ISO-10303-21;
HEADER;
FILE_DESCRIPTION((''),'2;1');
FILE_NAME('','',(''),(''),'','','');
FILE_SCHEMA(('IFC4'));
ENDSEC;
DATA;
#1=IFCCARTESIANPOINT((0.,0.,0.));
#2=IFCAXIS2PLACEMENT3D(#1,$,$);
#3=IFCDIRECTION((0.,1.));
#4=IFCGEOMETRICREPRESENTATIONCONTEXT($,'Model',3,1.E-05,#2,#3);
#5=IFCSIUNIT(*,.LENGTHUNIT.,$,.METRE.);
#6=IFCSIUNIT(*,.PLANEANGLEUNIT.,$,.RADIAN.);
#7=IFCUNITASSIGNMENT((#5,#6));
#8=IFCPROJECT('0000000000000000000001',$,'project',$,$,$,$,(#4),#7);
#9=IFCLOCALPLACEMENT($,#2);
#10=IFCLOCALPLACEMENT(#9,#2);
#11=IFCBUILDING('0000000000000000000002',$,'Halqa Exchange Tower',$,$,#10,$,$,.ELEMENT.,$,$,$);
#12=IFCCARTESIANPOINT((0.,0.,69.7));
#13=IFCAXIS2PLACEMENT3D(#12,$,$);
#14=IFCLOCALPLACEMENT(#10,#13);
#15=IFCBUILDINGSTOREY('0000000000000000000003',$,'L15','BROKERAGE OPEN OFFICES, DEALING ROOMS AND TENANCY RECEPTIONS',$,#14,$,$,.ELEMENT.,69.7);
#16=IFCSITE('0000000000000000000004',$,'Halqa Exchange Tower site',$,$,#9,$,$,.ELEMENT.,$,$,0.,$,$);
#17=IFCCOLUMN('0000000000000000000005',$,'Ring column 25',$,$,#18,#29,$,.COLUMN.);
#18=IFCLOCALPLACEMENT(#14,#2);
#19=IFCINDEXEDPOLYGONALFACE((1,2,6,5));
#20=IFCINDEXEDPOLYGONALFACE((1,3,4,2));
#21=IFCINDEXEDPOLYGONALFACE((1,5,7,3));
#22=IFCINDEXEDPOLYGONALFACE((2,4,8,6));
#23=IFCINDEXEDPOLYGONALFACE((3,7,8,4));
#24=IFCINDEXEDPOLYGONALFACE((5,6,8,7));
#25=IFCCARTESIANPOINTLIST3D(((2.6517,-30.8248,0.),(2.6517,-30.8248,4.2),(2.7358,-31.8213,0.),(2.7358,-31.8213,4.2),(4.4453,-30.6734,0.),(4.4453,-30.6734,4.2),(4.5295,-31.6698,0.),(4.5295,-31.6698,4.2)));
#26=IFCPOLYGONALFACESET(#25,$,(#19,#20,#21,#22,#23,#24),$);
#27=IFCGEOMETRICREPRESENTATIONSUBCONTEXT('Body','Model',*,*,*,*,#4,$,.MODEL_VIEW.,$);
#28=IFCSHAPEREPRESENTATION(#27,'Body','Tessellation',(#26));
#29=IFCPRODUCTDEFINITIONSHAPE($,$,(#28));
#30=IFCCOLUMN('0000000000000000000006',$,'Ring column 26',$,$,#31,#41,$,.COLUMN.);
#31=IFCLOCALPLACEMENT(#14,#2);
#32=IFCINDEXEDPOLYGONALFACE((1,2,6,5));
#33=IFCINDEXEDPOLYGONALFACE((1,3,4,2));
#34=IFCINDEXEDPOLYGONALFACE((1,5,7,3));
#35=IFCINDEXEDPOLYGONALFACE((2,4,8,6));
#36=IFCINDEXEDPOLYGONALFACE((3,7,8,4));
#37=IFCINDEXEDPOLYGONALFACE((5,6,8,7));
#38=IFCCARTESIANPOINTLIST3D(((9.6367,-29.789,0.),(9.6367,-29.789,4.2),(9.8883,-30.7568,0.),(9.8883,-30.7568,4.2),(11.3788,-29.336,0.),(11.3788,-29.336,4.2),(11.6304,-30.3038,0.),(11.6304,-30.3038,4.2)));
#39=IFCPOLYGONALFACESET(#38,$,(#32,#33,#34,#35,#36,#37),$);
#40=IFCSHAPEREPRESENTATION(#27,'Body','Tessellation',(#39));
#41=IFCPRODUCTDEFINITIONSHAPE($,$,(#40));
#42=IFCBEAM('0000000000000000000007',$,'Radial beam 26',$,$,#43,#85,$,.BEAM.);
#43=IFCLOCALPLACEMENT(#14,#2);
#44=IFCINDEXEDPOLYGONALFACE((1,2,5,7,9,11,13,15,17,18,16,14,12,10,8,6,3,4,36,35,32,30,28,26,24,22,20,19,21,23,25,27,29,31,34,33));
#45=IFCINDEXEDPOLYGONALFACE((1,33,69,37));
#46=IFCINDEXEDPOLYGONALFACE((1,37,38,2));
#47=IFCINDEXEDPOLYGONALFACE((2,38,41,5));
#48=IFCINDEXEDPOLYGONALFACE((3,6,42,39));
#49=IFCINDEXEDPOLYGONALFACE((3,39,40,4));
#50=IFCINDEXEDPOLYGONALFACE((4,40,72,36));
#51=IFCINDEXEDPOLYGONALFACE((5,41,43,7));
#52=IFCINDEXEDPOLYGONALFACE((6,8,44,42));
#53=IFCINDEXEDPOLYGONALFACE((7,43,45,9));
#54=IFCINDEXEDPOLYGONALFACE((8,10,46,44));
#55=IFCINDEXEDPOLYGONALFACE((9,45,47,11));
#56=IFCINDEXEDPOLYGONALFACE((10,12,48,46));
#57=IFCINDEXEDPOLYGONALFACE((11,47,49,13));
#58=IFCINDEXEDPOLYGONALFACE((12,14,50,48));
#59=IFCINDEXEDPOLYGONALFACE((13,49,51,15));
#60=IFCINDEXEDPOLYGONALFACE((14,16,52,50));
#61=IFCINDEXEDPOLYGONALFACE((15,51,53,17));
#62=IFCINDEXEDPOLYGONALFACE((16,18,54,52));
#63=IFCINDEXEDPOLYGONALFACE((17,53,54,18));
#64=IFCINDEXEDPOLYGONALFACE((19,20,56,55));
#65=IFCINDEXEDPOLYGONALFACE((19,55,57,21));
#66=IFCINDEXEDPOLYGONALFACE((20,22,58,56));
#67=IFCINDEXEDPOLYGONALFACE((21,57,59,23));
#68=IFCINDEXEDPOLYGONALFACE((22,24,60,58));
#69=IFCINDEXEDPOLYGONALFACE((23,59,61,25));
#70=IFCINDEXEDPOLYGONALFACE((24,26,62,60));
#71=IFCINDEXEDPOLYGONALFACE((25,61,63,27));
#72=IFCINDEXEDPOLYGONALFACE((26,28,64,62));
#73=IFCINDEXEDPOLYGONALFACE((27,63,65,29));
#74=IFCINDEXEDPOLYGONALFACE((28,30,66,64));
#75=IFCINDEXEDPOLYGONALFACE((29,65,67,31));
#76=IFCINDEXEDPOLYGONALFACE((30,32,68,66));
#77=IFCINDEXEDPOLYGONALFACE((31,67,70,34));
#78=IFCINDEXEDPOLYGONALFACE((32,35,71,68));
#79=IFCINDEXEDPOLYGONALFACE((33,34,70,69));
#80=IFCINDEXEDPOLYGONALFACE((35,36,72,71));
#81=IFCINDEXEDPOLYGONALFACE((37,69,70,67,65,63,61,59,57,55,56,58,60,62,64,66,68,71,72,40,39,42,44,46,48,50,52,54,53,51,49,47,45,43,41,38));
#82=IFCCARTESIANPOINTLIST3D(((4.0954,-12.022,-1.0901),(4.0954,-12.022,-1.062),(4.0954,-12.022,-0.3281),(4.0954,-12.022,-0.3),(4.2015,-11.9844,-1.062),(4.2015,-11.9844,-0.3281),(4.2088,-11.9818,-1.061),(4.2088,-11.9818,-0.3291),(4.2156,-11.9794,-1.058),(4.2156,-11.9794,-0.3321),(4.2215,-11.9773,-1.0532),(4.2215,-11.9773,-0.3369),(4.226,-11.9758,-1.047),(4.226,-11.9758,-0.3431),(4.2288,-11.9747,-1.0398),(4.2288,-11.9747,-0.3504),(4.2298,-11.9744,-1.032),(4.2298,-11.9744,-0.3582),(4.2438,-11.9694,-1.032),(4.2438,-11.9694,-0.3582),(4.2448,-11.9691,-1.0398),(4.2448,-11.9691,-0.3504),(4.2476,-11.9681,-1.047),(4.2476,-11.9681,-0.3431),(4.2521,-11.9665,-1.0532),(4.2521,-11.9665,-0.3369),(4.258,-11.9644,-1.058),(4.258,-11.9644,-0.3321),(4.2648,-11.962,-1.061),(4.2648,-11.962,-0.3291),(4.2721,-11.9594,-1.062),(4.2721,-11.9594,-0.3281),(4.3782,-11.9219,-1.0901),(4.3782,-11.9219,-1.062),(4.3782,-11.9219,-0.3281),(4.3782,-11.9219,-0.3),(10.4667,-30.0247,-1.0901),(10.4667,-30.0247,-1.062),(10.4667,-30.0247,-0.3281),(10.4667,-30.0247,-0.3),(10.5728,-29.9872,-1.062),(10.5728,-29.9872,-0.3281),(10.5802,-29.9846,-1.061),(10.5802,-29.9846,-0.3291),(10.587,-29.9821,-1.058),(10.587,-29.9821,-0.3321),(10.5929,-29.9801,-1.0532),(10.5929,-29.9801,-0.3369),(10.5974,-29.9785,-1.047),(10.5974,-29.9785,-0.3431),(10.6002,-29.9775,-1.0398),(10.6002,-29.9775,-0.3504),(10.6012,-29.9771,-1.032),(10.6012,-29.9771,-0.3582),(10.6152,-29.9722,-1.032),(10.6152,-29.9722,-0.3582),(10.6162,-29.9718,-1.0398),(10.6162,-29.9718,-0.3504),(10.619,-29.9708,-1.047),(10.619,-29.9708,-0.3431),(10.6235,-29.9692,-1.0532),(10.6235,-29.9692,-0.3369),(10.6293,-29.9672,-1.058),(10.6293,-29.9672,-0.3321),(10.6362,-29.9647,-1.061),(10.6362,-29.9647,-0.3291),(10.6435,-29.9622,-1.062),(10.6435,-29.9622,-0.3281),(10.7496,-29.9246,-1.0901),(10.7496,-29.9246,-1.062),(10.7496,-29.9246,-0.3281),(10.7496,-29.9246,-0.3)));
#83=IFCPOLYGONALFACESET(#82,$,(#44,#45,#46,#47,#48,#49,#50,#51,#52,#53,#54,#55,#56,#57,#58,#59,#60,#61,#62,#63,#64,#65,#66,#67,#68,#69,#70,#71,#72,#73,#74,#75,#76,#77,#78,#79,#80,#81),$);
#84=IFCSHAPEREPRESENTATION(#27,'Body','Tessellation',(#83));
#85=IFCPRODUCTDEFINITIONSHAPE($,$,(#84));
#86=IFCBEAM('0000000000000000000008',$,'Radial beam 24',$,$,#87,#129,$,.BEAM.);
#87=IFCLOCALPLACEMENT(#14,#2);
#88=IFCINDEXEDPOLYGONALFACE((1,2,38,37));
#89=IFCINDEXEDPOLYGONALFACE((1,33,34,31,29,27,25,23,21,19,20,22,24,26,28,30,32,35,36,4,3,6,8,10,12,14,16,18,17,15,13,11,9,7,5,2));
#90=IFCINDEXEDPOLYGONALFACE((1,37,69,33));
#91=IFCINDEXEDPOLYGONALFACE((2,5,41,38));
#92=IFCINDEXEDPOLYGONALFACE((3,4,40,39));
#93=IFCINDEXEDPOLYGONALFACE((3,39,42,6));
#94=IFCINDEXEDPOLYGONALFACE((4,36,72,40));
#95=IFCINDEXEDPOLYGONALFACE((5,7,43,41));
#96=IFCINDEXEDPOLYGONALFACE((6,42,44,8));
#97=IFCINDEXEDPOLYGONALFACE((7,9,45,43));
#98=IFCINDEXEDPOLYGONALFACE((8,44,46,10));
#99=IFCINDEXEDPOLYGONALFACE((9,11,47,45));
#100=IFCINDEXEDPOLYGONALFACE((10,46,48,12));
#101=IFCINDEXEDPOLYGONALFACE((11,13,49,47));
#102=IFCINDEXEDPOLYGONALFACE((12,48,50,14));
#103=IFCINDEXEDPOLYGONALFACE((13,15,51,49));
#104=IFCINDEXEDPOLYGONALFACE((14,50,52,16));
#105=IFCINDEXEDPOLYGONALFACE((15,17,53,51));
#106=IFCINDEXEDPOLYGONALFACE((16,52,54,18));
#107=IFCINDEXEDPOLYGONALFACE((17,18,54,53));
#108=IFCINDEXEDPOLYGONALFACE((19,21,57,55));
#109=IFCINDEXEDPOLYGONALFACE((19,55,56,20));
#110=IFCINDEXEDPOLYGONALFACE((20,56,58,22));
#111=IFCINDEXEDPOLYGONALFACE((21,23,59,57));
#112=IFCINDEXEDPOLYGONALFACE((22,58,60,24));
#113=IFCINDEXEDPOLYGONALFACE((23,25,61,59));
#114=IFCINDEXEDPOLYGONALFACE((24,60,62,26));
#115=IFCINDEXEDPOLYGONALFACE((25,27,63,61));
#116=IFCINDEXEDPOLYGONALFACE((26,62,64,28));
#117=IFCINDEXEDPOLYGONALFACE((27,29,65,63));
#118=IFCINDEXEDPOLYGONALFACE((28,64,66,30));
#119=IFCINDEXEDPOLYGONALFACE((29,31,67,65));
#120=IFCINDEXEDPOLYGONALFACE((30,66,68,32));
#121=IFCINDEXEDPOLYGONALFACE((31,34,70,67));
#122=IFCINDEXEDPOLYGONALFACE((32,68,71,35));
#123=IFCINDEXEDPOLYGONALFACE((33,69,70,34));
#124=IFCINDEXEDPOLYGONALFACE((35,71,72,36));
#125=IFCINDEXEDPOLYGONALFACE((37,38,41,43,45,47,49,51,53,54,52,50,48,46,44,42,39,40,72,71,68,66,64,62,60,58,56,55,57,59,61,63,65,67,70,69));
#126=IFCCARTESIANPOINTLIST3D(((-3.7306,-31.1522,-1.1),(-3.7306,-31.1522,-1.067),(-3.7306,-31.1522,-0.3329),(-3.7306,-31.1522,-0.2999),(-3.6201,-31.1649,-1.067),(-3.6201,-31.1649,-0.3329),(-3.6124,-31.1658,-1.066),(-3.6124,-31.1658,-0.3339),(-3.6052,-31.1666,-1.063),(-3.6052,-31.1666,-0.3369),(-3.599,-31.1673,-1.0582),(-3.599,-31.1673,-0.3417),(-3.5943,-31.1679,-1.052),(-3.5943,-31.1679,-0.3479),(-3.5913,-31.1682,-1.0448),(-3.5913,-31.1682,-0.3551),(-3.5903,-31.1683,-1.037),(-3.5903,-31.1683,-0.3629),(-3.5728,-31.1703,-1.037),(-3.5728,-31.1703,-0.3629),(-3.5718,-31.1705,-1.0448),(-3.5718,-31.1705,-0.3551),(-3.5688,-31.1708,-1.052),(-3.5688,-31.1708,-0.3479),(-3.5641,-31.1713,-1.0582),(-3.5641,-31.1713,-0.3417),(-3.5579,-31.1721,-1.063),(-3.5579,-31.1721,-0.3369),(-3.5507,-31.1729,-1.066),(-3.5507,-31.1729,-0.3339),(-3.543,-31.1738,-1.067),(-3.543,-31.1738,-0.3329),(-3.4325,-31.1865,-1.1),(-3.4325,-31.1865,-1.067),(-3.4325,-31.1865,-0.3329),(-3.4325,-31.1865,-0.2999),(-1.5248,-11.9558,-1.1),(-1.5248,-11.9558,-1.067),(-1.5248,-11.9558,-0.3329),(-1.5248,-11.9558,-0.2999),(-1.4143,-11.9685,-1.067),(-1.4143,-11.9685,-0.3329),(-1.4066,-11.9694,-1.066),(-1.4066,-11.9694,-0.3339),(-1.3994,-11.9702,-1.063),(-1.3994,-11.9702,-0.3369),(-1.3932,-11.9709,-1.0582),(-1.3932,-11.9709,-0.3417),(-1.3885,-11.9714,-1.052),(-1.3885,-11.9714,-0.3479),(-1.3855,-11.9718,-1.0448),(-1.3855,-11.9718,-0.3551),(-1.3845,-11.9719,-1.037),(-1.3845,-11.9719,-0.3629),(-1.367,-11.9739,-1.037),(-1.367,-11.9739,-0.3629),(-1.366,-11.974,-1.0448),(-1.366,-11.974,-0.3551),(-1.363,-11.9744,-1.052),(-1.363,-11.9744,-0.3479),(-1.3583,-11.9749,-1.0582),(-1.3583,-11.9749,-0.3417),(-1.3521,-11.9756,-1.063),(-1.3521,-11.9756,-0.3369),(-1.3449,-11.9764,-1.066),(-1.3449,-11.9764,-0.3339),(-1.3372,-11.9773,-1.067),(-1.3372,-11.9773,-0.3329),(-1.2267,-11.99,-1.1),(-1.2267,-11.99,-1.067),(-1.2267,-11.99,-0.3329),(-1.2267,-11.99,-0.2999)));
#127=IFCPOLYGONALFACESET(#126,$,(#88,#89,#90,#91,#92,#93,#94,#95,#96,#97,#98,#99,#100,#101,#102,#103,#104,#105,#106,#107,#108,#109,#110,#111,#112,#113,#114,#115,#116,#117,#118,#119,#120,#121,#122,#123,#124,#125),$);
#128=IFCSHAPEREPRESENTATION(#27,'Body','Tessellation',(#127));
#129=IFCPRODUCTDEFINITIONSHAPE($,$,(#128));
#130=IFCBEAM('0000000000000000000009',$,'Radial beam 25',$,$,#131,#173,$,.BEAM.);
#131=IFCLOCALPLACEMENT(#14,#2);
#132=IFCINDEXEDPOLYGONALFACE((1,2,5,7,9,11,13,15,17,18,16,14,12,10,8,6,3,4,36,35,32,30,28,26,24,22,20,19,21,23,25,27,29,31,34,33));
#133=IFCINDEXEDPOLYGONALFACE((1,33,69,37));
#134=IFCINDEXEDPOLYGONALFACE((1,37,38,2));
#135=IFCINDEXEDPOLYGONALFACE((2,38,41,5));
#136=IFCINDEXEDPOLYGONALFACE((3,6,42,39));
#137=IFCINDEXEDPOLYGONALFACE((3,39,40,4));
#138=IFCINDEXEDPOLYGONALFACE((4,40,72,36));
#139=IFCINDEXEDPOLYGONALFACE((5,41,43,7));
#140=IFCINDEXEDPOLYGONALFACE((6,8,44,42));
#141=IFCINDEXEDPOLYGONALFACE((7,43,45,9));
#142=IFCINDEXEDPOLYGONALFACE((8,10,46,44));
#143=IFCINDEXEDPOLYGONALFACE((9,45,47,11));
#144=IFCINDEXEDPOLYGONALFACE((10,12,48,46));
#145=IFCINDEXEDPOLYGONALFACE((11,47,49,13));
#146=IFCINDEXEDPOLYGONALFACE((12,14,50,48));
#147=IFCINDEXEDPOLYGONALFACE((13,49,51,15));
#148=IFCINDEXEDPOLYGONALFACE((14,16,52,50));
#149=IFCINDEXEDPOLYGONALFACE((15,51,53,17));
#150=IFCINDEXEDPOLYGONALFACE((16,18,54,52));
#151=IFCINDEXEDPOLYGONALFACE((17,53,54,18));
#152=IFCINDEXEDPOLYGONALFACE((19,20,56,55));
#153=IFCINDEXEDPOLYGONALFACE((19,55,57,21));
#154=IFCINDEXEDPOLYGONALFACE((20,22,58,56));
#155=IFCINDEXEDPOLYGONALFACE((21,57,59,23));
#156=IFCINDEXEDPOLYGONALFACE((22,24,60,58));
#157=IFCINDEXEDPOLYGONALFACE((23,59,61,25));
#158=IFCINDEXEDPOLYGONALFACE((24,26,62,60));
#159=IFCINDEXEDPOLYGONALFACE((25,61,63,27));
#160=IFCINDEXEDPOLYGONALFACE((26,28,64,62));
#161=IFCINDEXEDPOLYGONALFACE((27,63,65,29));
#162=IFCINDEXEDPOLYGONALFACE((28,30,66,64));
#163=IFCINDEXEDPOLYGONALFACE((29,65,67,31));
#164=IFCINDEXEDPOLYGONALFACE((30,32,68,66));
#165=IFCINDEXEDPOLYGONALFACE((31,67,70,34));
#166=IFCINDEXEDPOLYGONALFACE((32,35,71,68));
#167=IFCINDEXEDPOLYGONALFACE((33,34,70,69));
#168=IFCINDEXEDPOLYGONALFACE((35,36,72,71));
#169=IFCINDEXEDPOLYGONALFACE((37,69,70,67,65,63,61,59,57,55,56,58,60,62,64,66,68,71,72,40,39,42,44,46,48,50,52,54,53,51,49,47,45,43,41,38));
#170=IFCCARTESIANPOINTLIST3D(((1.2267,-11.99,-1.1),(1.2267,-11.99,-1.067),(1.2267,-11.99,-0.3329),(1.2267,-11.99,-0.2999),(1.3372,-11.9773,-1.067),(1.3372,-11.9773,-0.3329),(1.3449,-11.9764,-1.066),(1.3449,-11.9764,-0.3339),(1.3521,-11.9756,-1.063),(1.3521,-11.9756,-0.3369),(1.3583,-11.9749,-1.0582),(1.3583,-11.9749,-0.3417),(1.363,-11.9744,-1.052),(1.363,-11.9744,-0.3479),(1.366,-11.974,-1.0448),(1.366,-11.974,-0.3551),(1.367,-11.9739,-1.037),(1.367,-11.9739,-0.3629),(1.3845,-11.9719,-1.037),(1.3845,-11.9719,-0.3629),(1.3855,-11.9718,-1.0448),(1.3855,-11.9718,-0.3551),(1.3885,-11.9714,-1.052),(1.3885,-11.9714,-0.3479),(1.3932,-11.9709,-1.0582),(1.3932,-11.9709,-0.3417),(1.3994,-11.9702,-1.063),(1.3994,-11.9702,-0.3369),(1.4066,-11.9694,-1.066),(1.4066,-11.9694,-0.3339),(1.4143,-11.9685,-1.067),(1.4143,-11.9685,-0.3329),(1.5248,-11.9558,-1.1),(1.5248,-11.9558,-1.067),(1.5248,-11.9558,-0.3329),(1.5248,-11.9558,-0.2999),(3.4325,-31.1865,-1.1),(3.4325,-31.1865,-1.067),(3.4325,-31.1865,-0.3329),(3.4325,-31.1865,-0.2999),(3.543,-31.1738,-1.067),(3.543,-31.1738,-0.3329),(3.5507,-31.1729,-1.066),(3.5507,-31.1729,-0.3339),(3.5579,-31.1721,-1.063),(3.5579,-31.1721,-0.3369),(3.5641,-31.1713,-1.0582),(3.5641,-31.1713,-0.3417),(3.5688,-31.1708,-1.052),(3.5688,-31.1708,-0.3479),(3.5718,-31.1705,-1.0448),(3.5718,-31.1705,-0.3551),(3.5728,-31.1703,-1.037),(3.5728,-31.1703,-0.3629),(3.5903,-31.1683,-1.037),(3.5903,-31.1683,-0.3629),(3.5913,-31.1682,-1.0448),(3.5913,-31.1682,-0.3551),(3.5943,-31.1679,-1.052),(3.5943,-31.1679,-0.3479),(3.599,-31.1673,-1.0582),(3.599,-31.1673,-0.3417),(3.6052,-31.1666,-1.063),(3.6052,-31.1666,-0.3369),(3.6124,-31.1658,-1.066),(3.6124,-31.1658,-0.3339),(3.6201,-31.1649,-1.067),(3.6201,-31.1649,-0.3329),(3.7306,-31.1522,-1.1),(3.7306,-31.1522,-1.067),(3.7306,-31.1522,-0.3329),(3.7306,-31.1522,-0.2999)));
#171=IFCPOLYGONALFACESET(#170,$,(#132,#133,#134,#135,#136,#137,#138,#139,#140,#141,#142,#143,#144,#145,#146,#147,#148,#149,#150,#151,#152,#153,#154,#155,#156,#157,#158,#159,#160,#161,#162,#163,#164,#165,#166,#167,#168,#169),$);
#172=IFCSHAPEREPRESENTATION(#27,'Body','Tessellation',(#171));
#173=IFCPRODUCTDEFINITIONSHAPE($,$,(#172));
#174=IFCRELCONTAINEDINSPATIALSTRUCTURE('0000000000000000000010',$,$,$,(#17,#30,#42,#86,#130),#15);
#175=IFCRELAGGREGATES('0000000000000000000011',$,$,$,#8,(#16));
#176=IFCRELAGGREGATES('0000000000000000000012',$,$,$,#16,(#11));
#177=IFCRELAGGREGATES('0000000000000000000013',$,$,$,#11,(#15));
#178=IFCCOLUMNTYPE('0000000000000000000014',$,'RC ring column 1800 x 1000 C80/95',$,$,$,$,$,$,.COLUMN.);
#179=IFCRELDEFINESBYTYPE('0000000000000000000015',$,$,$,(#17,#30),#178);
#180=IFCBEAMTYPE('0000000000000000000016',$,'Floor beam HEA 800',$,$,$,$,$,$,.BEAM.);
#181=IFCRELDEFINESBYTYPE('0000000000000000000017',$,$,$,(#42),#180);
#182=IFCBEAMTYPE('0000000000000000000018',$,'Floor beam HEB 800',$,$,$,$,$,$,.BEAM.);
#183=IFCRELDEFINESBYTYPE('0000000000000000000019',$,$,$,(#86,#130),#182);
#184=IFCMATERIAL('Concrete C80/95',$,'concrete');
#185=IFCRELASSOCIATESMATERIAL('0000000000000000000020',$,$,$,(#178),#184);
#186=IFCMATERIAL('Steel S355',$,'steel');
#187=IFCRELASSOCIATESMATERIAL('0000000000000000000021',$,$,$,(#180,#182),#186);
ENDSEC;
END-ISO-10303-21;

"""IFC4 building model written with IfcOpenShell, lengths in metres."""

from ifc_helpers import new_model, si_unit, direction, frame, origin, origin_2d, place, context, subcontext, project, spatial, rectangle, i_section, extrude, material, material_profile, profile_set, type_object, element, save


model = new_model("IFC4")

# Units and contexts
model_context = context("Model", 3, precision=1e-05, world=origin(), true_north=direction((0.0, 1.0)))
body_context = subcontext(model_context, "Body", "Model", "MODEL_VIEW")
ifc_project = project(units=[si_unit("LENGTHUNIT", "METRE"), si_unit("PLANEANGLEUNIT", "RADIAN")], contexts=[model_context])

# Site, building, storey
site_placement = place(None, origin())
site = spatial("IfcSite", under=ifc_project, at=site_placement, Name="Halqa Exchange Tower site", CompositionType="ELEMENT", RefElevation=0.0)
building_placement = place(site_placement, origin())
building = spatial("IfcBuilding", under=site, at=building_placement, Name="Halqa Exchange Tower", CompositionType="ELEMENT")
storey_placement = place(building_placement, frame((0.0, 0.0, 69.7)))
storey = spatial("IfcBuildingStorey", under=building, at=storey_placement, Name="L15", Description="BROKERAGE OPEN OFFICES, DEALING ROOMS AND TENANCY RECEPTIONS", CompositionType="ELEMENT", Elevation=69.7)

# Columns
ifc_material_1 = material(Name="Concrete C80/95", Category="concrete")
ifc_material_profile_1 = material_profile(ifc_material_1, rectangle(XDim=1.8, YDim=1.0, at=origin_2d()), Name="1800 x 1000")
ifc_profile_set_1 = profile_set([ifc_material_profile_1], Name="Concrete C80/95")
column_type = type_object("IfcColumnType", Name="RC ring column 1800 x 1000 C80/95", PredefinedType="COLUMN", material=ifc_profile_set_1)
for number, where, z_axis, x_axis, name in (
    (1, (3.5906, -31.2473, 0.0), (0.0, 0.0, 1.0), (0.996456, 0.084121, 0.0), "Ring column 25"),
    (2, (10.6335, -30.0464, 0.0), (0.0, 0.0, 1.0), (0.96782, 0.251644, 0.0), "Ring column 26"),
):
    element("IfcColumn", number, at=place(storey_placement, frame(where, z_axis=z_axis, x_axis=x_axis)), inside=storey, type_object=column_type, Name=name, PredefinedType="COLUMN", context=body_context, shape_type="SweptSolid", body=[
        extrude(rectangle(XDim=1.8, YDim=1.0, at=origin_2d()), origin(), (0.0, 0.0, 1.0), 4.2),
    ])

# Beams
ifc_material_2 = material(Name="Steel S355", Category="steel")
ifc_material_profile_2 = material_profile(ifc_material_2, i_section(OverallWidth=0.3, OverallDepth=0.79, WebThickness=0.0149, FlangeThickness=0.0281, FilletRadius=0.03, at=origin_2d()), Name="HEA 800")
ifc_profile_set_2 = profile_set([ifc_material_profile_2], Name="Steel S355")
beam_type_1 = type_object("IfcBeamType", Name="Floor beam HEA 800", PredefinedType="BEAM", material=ifc_profile_set_2)
beam_1_placement = place(storey_placement, frame((4.2368, -11.9719, -0.6951), z_axis=(0.333632, -0.942703, 0.0), x_axis=(0.942703, 0.333632, 0.0)))
element("IfcBeam", 3, at=beam_1_placement, inside=storey, type_object=beam_type_1, Name="Radial beam 26", PredefinedType="BEAM", context=body_context, shape_type="SweptSolid", body=[
    extrude(i_section(OverallWidth=0.3, OverallDepth=0.79, WebThickness=0.0149, FlangeThickness=0.0281, FilletRadius=0.03, at=origin_2d()), origin(), (0.0, 0.0, 1.0), 19.0969),
])
ifc_material_profile_3 = material_profile(ifc_material_2, i_section(OverallWidth=0.3, OverallDepth=0.8, WebThickness=0.0176, FlangeThickness=0.033, FilletRadius=0.03, at=origin_2d()), Name="HEB 800")
ifc_profile_set_3 = profile_set([ifc_material_profile_3], Name="Steel S355")
beam_type_2 = type_object("IfcBeamType", Name="Floor beam HEB 800", PredefinedType="BEAM", material=ifc_profile_set_3)
for number, where, z_axis, x_axis, name in (
    (4, (-1.3757, -11.9729, -0.7), (-0.114156, -0.993463, 0.0), (0.993463, -0.114156, 0.0), "Radial beam 24"),
    (5, (1.3757, -11.9729, -0.7), (0.114156, -0.993463, 0.0), (0.993463, 0.114156, 0.0), "Radial beam 25"),
):
    element("IfcBeam", number, at=place(storey_placement, frame(where, z_axis=z_axis, x_axis=x_axis)), inside=storey, type_object=beam_type_2, Name=name, PredefinedType="BEAM", context=body_context, shape_type="SweptSolid", body=[
        extrude(i_section(OverallWidth=0.3, OverallDepth=0.8, WebThickness=0.0176, FlangeThickness=0.033, FilletRadius=0.03, at=origin_2d()), origin(), (0.0, 0.0, 1.0), 19.3228),
    ])

save(model, "model.ifc")
